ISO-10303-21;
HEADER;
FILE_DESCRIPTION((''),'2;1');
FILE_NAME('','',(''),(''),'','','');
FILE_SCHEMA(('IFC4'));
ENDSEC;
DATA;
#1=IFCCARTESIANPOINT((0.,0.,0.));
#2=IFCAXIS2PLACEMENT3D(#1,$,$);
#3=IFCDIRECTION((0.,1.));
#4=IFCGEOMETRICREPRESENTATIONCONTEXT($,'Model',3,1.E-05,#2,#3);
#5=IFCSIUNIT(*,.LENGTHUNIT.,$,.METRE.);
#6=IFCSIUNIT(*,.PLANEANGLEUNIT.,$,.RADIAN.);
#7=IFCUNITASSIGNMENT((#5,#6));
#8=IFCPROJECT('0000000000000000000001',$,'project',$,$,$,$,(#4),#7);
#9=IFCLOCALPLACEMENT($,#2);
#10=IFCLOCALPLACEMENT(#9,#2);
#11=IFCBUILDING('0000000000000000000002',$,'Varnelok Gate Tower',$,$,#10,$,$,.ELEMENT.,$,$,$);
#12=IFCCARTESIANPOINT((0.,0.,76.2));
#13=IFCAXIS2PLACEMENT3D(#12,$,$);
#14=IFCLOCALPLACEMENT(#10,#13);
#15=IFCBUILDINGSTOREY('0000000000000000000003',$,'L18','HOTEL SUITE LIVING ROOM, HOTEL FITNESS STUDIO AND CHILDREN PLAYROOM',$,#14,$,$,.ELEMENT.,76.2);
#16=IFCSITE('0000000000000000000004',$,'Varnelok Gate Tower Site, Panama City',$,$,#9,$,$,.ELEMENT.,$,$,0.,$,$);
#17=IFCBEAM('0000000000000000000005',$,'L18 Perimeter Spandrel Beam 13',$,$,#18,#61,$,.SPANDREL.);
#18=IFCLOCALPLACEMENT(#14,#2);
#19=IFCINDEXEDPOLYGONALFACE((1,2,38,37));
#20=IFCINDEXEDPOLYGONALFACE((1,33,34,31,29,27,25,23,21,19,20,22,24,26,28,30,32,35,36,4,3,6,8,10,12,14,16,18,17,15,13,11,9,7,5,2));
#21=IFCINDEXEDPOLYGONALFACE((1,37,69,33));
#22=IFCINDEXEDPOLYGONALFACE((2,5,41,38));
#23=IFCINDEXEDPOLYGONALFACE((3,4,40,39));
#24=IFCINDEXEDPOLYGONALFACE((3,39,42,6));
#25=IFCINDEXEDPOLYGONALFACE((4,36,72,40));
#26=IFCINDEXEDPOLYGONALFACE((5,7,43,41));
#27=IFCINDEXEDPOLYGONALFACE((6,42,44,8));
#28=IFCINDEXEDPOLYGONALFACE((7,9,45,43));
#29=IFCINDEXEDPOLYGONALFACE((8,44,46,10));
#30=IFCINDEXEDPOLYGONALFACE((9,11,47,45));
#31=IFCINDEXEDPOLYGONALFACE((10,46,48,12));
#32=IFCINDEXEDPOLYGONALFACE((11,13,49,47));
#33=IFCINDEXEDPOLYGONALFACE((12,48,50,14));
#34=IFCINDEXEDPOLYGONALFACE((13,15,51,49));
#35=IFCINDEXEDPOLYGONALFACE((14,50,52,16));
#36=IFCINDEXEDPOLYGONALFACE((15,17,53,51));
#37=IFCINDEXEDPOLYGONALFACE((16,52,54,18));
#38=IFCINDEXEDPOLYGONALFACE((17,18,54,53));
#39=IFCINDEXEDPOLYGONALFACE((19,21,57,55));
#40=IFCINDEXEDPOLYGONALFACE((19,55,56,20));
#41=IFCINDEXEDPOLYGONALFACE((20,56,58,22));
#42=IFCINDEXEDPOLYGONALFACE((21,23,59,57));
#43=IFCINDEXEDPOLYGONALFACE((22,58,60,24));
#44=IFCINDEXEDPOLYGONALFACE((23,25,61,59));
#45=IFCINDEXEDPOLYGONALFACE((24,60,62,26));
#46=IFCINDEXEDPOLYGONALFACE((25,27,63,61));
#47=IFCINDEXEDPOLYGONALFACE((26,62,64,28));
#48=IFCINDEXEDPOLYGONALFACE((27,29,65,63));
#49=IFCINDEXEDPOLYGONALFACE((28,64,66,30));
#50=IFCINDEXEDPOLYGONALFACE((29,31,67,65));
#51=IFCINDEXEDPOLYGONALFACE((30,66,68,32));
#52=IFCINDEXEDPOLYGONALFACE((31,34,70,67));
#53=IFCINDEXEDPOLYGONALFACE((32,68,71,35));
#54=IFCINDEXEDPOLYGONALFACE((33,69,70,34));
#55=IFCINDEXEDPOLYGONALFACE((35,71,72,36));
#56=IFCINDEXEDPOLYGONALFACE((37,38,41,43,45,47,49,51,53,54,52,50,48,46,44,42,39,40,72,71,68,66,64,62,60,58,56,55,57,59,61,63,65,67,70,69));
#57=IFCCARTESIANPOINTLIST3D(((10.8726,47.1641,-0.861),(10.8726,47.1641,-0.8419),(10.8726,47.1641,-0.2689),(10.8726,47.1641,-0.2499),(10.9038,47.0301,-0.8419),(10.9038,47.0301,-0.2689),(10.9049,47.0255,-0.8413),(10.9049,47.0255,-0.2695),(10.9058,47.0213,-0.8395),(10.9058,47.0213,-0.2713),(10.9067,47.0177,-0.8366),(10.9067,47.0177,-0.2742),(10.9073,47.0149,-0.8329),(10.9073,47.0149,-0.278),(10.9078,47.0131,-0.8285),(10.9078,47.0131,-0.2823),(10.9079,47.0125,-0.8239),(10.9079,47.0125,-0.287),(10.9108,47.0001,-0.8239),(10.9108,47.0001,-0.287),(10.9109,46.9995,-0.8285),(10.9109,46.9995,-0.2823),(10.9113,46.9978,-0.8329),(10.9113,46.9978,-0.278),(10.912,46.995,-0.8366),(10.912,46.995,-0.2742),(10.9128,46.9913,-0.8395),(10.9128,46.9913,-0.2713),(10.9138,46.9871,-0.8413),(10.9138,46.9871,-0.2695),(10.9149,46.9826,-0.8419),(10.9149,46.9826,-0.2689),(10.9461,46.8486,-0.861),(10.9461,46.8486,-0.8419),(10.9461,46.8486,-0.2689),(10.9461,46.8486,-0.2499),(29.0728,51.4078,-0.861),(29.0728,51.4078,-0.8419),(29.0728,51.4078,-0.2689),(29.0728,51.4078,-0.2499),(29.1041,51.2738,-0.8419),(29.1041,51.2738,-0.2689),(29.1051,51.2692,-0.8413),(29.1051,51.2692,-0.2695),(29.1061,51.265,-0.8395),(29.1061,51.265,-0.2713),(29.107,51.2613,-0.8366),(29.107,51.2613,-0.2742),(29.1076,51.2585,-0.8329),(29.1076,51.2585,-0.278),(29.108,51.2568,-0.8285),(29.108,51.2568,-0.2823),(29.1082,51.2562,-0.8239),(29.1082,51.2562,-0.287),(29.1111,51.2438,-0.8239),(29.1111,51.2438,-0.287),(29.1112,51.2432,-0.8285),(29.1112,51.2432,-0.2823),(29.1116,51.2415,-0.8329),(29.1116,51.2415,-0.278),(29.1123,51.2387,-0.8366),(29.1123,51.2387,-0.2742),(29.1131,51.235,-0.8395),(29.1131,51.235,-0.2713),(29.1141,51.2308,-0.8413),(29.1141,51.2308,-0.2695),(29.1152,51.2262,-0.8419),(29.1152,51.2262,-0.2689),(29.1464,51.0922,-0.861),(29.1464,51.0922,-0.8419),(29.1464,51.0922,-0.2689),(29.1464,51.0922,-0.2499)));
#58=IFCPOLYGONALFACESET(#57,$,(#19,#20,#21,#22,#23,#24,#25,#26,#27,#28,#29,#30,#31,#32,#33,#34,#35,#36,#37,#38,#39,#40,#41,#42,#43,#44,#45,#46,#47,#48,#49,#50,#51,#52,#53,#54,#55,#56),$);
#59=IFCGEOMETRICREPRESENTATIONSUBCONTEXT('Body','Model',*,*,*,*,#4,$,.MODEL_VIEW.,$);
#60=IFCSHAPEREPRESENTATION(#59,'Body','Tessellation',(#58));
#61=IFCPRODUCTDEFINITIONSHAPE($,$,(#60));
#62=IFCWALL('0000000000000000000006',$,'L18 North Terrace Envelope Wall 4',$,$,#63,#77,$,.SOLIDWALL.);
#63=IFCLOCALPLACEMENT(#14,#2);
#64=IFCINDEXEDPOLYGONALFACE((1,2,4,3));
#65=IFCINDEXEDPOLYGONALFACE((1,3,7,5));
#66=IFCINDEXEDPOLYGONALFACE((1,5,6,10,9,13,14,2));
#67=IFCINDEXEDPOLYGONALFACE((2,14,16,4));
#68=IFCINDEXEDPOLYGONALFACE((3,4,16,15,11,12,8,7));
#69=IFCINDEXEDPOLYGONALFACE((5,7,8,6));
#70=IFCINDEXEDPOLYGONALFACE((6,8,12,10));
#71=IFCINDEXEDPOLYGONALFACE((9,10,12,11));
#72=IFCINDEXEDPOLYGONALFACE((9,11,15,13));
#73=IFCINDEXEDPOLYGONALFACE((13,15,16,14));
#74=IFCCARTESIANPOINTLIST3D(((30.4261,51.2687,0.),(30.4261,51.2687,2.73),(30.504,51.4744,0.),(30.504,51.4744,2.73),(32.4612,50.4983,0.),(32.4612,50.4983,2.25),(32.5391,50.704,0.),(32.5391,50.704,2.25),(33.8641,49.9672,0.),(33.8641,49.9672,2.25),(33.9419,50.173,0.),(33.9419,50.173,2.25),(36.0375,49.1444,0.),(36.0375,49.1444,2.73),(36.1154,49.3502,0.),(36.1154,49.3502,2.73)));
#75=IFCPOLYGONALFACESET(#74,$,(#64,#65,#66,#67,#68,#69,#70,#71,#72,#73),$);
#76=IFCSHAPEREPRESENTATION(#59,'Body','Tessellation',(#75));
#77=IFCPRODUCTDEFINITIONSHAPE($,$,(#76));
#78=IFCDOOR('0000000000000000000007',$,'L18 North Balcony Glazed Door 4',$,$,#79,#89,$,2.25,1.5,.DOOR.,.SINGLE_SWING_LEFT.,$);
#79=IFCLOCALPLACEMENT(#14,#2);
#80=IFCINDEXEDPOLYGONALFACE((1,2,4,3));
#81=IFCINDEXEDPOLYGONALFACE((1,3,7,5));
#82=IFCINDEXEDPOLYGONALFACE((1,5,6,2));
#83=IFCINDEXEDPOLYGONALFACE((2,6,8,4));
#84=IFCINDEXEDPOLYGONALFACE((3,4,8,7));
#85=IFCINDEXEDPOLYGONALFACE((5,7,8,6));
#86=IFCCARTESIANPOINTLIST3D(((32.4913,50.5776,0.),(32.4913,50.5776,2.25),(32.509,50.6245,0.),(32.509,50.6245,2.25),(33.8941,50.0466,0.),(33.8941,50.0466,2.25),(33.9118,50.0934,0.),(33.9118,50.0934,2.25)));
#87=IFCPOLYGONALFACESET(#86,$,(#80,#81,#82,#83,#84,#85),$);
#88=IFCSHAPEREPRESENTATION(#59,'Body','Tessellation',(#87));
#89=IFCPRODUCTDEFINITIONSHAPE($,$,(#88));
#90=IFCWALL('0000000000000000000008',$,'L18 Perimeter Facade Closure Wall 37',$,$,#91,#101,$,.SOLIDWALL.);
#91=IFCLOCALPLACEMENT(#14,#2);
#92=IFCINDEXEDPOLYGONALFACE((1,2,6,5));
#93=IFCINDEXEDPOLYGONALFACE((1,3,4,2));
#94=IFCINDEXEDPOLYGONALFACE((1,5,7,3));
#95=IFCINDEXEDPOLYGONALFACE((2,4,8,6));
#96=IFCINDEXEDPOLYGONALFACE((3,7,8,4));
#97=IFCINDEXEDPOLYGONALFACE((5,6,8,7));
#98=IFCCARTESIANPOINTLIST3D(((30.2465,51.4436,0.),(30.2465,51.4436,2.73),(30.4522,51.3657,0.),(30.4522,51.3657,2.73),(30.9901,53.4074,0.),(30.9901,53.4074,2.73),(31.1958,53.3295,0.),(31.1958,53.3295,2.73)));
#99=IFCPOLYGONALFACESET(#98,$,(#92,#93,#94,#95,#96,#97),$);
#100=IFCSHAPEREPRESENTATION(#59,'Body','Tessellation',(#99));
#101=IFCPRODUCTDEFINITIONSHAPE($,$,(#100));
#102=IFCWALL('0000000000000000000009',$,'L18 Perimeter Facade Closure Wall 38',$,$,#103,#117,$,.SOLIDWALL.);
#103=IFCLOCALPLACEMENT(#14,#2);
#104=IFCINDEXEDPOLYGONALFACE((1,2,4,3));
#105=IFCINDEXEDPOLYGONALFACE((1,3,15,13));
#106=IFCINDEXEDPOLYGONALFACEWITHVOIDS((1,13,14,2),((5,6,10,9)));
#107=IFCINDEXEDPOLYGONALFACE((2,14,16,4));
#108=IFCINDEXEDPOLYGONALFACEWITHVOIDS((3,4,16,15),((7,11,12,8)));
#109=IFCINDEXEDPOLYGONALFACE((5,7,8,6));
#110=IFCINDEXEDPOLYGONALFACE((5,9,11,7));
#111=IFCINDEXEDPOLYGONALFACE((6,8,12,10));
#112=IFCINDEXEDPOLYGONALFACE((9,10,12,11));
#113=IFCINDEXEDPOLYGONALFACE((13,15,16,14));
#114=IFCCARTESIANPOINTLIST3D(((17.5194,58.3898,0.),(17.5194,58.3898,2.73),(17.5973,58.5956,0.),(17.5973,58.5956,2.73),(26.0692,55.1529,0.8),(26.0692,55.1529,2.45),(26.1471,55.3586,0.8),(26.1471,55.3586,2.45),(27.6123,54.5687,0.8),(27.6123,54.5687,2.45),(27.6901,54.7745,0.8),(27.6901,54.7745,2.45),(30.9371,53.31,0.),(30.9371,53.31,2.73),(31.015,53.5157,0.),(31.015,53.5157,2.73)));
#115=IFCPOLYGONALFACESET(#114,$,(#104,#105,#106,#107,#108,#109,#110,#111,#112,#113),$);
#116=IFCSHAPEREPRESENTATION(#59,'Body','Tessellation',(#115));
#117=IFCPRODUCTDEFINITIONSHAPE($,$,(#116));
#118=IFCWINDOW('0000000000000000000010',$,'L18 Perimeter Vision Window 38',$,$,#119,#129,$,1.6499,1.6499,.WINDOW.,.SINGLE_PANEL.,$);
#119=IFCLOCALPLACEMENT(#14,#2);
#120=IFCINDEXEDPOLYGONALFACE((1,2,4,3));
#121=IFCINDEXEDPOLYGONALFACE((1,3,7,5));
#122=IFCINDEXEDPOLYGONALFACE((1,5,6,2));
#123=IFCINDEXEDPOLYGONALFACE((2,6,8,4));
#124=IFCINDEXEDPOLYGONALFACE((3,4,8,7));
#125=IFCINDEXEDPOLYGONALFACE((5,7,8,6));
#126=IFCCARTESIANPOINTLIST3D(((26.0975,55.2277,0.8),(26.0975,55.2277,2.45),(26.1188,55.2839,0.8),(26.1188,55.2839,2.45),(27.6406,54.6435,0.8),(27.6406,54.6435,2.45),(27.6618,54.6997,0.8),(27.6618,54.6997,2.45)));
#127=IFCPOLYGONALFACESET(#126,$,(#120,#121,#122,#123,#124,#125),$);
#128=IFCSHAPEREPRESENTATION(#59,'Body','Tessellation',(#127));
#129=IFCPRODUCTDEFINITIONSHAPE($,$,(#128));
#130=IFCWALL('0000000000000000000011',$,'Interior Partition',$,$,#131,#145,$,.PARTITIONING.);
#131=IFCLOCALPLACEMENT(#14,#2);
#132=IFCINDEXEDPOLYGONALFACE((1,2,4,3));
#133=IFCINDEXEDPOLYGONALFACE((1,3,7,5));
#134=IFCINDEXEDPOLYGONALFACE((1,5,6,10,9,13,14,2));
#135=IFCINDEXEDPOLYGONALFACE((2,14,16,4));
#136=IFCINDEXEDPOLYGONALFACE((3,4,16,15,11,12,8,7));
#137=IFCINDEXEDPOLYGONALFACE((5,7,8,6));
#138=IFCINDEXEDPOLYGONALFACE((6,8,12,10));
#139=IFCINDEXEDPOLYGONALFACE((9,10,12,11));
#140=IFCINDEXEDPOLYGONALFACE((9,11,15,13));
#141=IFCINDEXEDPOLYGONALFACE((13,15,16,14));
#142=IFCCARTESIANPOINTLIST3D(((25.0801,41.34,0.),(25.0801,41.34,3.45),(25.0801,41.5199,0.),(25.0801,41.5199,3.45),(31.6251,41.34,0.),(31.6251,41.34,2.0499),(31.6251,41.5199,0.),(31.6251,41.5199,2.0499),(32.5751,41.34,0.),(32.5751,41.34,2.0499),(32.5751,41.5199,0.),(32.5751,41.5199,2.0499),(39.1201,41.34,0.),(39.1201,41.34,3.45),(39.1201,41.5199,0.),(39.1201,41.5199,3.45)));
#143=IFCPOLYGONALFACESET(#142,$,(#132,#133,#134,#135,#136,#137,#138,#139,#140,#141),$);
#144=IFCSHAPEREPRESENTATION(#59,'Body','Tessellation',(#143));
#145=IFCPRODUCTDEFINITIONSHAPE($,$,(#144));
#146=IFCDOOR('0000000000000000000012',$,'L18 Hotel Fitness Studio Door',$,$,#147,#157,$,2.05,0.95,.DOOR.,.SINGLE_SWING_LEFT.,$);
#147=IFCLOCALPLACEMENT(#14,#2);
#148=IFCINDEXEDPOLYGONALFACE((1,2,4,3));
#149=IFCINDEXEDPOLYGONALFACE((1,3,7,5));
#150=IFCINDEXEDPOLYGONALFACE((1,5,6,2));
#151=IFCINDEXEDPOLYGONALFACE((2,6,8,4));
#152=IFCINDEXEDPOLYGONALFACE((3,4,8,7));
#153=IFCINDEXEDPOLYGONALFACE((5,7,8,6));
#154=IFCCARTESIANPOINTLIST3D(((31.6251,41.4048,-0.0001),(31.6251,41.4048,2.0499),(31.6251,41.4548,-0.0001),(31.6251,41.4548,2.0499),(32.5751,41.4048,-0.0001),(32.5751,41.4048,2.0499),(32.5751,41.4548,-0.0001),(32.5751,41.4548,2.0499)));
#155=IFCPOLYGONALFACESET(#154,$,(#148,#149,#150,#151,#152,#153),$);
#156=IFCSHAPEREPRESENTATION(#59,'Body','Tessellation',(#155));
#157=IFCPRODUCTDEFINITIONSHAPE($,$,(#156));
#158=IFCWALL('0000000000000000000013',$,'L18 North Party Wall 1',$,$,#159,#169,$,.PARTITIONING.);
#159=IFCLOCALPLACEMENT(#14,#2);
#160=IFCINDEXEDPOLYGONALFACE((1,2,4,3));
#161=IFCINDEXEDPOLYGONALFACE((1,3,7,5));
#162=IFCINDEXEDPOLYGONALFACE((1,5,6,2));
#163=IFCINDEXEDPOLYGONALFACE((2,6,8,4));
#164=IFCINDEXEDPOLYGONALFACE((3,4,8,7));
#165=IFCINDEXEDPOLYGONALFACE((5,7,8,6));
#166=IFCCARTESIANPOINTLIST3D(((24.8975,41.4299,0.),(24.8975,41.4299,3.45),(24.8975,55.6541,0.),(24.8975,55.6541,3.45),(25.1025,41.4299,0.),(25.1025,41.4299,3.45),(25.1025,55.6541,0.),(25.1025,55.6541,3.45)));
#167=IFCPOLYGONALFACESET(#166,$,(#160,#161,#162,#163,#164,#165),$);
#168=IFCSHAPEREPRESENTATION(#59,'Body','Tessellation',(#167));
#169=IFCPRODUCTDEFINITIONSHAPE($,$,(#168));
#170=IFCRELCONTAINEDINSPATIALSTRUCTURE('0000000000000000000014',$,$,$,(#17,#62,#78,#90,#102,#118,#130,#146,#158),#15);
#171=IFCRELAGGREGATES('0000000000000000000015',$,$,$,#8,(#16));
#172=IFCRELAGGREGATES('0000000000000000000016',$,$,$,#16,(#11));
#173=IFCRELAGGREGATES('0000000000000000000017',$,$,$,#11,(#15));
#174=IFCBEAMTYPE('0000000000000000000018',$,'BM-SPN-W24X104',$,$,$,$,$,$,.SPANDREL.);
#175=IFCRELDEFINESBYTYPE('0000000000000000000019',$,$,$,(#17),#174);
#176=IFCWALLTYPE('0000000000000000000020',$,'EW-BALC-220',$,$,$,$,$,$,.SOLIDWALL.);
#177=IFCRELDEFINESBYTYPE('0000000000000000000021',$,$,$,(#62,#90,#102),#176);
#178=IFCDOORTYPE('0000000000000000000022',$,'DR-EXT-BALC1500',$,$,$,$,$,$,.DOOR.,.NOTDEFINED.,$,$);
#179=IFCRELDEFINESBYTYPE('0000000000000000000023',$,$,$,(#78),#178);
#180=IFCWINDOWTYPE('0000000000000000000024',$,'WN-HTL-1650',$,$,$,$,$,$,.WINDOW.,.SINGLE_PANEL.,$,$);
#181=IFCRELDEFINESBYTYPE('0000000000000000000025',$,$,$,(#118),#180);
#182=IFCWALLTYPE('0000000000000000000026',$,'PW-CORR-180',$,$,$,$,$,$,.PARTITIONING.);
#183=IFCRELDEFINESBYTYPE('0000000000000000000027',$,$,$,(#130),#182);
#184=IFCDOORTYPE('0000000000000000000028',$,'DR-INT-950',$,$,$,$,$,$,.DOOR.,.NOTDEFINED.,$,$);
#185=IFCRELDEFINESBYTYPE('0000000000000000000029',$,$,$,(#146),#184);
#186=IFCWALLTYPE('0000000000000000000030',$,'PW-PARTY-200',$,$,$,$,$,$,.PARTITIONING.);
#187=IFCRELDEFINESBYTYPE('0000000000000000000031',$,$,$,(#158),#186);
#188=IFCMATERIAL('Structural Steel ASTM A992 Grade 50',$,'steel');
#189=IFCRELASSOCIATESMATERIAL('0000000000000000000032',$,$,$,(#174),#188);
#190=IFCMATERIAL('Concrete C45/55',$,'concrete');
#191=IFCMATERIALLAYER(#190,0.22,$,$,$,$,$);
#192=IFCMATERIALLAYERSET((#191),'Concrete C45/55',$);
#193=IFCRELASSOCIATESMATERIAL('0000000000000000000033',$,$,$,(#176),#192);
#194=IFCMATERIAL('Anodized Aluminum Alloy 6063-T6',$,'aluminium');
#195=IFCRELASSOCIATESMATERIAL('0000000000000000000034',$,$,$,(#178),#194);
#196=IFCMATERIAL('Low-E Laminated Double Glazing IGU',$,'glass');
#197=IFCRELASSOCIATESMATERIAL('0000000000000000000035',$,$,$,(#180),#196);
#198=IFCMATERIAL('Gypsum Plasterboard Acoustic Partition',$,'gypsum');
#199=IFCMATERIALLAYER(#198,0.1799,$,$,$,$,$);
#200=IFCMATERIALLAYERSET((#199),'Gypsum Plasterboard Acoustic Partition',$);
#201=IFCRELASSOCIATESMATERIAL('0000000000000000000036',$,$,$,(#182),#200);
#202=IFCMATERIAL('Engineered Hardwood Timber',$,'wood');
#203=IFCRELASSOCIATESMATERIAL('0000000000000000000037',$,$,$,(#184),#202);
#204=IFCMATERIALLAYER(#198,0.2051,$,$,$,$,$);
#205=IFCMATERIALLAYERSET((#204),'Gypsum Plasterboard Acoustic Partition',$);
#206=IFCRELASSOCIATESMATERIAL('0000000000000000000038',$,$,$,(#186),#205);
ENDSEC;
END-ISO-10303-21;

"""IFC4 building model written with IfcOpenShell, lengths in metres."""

from ifc_helpers import new_model, si_unit, direction, frame, frame_2d, origin, origin_2d, place, context, subcontext, project, spatial, rectangle, i_section, extrude, material, layer, layer_set, material_profile, profile_set, type_object, element, fill, save


model = new_model("IFC4")

# Units and contexts
model_context = context("Model", 3, precision=1e-05, world=origin(), true_north=direction((0.0, 1.0)))
body_context = subcontext(model_context, "Body", "Model", "MODEL_VIEW")
ifc_project = project(units=[si_unit("LENGTHUNIT", "METRE"), si_unit("PLANEANGLEUNIT", "RADIAN")], contexts=[model_context])

# Site, building, storey
site_placement = place(None, origin())
site = spatial("IfcSite", under=ifc_project, at=site_placement, Name="Varnelok Gate Tower Site, Panama City", CompositionType="ELEMENT", RefElevation=0.0)
building_placement = place(site_placement, origin())
building = spatial("IfcBuilding", under=site, at=building_placement, Name="Varnelok Gate Tower", CompositionType="ELEMENT")
storey_placement = place(building_placement, frame((0.0, 0.0, 76.2)))
storey = spatial("IfcBuildingStorey", under=building, at=storey_placement, Name="L18", Description="HOTEL SUITE LIVING ROOM, HOTEL FITNESS STUDIO AND CHILDREN PLAYROOM", CompositionType="ELEMENT", Elevation=76.2)

# Shared definitions
ifc_material_1 = material(Name="Structural Steel ASTM A992 Grade 50", Category="steel")

# Beam
ifc_material_profile_1 = material_profile(ifc_material_1, i_section(OverallWidth=0.324, OverallDepth=0.6111, WebThickness=0.0127, FlangeThickness=0.019, FilletRadius=0.0181, at=origin_2d()), Name="W24X104")
ifc_profile_set_1 = profile_set([ifc_material_profile_1], Name="Structural Steel ASTM A992 Grade 50")
beam_type_1 = type_object("IfcBeamType", Name="BM-SPN-W24X104", PredefinedType="SPANDREL", material=ifc_profile_set_1)
beam_1_placement = place(storey_placement, frame((29.1096, 51.25, -0.5554), z_axis=(-0.973877, -0.227074, 0.0), x_axis=(0.227074, -0.973877, 0.0)))
element("IfcBeam", 1, at=beam_1_placement, inside=storey, type_object=beam_type_1, Name="L18 Perimeter Spandrel Beam 13", PredefinedType="SPANDREL", context=body_context, shape_type="SweptSolid", body=[
    extrude(i_section(OverallWidth=0.324, OverallDepth=0.6111, WebThickness=0.0127, FlangeThickness=0.019, FilletRadius=0.0181, at=origin_2d()), origin(), (0.0, 0.0, 1.0), 18.6885),
])

# Wall, opening, door
ifc_material_2 = material(Name="Concrete C45/55", Category="concrete")
ifc_layer_1 = layer(ifc_material_2, 0.22)
ifc_layer_set_1 = layer_set([ifc_layer_1], Name="Concrete C45/55")
wall_type_1 = type_object("IfcWallType", Name="EW-BALC-220", PredefinedType="SOLIDWALL", material=ifc_layer_set_1)
wall_1_placement = place(storey_placement, frame((30.4651, 51.3716, 0.0), z_axis=(0.0, 0.0, 1.0), x_axis=(0.935228, -0.354047, 0.0)))
wall_1 = element("IfcWall", 2, at=wall_1_placement, inside=storey, type_object=wall_type_1, Name="L18 North Terrace Envelope Wall 4", PredefinedType="SOLIDWALL", context=body_context, shape_type="SweptSolid", body=[
    extrude(rectangle(XDim=6.0, YDim=0.22, at=frame_2d((3.0, 0.0))), origin(), (0.0, 0.0, 1.0), 2.73),
])
opening_1_placement = place(wall_1_placement, frame((2.176, 0.0, 0.0)))
opening_1 = element("IfcOpeningElement", 3, at=opening_1_placement, cuts=wall_1, PredefinedType="OPENING", context=body_context, shape_type="SweptSolid", body=[
    extrude(rectangle(XDim=1.5, YDim=2.25, at=frame_2d((0.75, 1.125))), frame((0.0, 0.1199, 0.0), z_axis=(0.0, -1.0, 0.0), x_axis=(1.0, 0.0, 0.0)), (0.0, 0.0, 1.0), 0.24),
])
ifc_material_3 = material(Name="Anodized Aluminum Alloy 6063-T6", Category="aluminium")
door_type_1 = type_object("IfcDoorType", Name="DR-EXT-BALC1500", OperationType="NOTDEFINED", PredefinedType="DOOR", material=ifc_material_3)
door_1_placement = place(opening_1_placement, origin())
door_1 = element("IfcDoor", 4, at=door_1_placement, inside=storey, type_object=door_type_1, Name="L18 North Balcony Glazed Door 4", OperationType="SINGLE_SWING_LEFT", OverallHeight=2.25, OverallWidth=1.5, PredefinedType="DOOR", context=body_context, shape_type="SweptSolid", body=[
    extrude(rectangle(XDim=1.5, YDim=2.25, at=frame_2d((0.75, 1.125))), frame((0.0, 0.0249, 0.0), z_axis=(0.0, -1.0, 0.0), x_axis=(1.0, 0.0, 0.0)), (0.0, 0.0, 1.0), 0.05),
])
fill(opening_1, door_1)

# Wall
wall_2_placement = place(storey_placement, frame((30.3494, 51.4048, 0.0), z_axis=(0.0, 0.0, 1.0), x_axis=(0.354128, 0.935197, 0.0)))
element("IfcWall", 5, at=wall_2_placement, inside=storey, type_object=wall_type_1, Name="L18 Perimeter Facade Closure Wall 37", PredefinedType="SOLIDWALL", context=body_context, shape_type="SweptSolid", body=[
    extrude(rectangle(XDim=2.0999, YDim=0.22, at=frame_2d((1.0498, 0.0))), origin(), (0.0, 0.0, 1.0), 2.73),
])

# Wall, opening, window
wall_3_placement = place(storey_placement, frame((30.9761, 53.4128, 0.0), z_axis=(0.0, 0.0, 1.0), x_axis=(-0.93522, 0.354066, 0.0)))
wall_3 = element("IfcWall", 6, at=wall_3_placement, inside=storey, type_object=wall_type_1, Name="L18 Perimeter Facade Closure Wall 38", PredefinedType="SOLIDWALL", context=body_context, shape_type="SweptSolid", body=[
    extrude(rectangle(XDim=14.3472, YDim=0.22, at=frame_2d((7.1736, 0.0))), origin(), (0.0, 0.0, 1.0), 2.73),
])
opening_2_placement = place(wall_3_placement, frame((3.5552, 0.0, 0.8)))
opening_2 = element("IfcOpeningElement", 7, at=opening_2_placement, cuts=wall_3, PredefinedType="OPENING", context=body_context, shape_type="SweptSolid", body=[
    extrude(rectangle(XDim=1.6499, YDim=1.6499, at=frame_2d((0.825, 0.825))), frame((0.0, 0.1199, 0.0), z_axis=(0.0, -1.0, 0.0), x_axis=(1.0, 0.0, 0.0)), (0.0, 0.0, 1.0), 0.24),
])
ifc_material_4 = material(Name="Low-E Laminated Double Glazing IGU", Category="glass")
window_type = type_object("IfcWindowType", Name="WN-HTL-1650", PartitioningType="SINGLE_PANEL", PredefinedType="WINDOW", material=ifc_material_4)
window_placement = place(opening_2_placement, origin())
window = element("IfcWindow", 8, at=window_placement, inside=storey, type_object=window_type, Name="L18 Perimeter Vision Window 38", OverallHeight=1.6499, OverallWidth=1.6499, PartitioningType="SINGLE_PANEL", PredefinedType="WINDOW", context=body_context, shape_type="SweptSolid", body=[
    extrude(rectangle(XDim=1.6499, YDim=1.6499, at=frame_2d((0.825, 0.825))), frame((0.0, 0.03, 0.0), z_axis=(0.0, -1.0, 0.0), x_axis=(1.0, 0.0, 0.0)), (0.0, 0.0, 1.0), 0.0601),
])
fill(opening_2, window)

# Wall, opening, door
ifc_material_5 = material(Name="Gypsum Plasterboard Acoustic Partition", Category="gypsum")
ifc_layer_2 = layer(ifc_material_5, 0.1799)
ifc_layer_set_2 = layer_set([ifc_layer_2], Name="Gypsum Plasterboard Acoustic Partition")
wall_type_2 = type_object("IfcWallType", Name="PW-CORR-180", PredefinedType="PARTITIONING", material=ifc_layer_set_2)
wall_4_placement = place(storey_placement, frame((25.0801, 41.4299, 0.0), z_axis=(0.0, 0.0, 1.0), x_axis=(1.0, 0.0, 0.0)))
wall_4 = element("IfcWall", 9, at=wall_4_placement, inside=storey, type_object=wall_type_2, Name="Interior Partition", PredefinedType="PARTITIONING", context=body_context, shape_type="SweptSolid", body=[
    extrude(rectangle(XDim=14.04, YDim=0.1799, at=frame_2d((7.02, 0.0))), origin(), (0.0, 0.0, 1.0), 3.45),
])
opening_3_placement = place(wall_4_placement, frame((6.5449, 0.0, 0.0)))
opening_3 = element("IfcOpeningElement", 10, at=opening_3_placement, cuts=wall_4, PredefinedType="OPENING", context=body_context, shape_type="SweptSolid", body=[
    extrude(rectangle(XDim=0.95, YDim=2.05, at=frame_2d((0.4751, 1.0249))), frame((0.0, 0.0999, 0.0), z_axis=(0.0, -1.0, 0.0), x_axis=(1.0, 0.0, 0.0)), (0.0, 0.0, 1.0), 0.2),
])
ifc_material_6 = material(Name="Engineered Hardwood Timber", Category="wood")
door_type_2 = type_object("IfcDoorType", Name="DR-INT-950", OperationType="NOTDEFINED", PredefinedType="DOOR", material=ifc_material_6)
door_2_placement = place(opening_3_placement, origin())
door_2 = element("IfcDoor", 11, at=door_2_placement, inside=storey, type_object=door_type_2, Name="L18 Hotel Fitness Studio Door", OperationType="SINGLE_SWING_LEFT", OverallHeight=2.05, OverallWidth=0.95, PredefinedType="DOOR", context=body_context, shape_type="SweptSolid", body=[
    extrude(rectangle(XDim=0.95, YDim=2.05, at=frame_2d((0.4751, 1.0249))), frame((0.0, 0.0249, 0.0), z_axis=(0.0, -1.0, 0.0), x_axis=(1.0, 0.0, 0.0)), (0.0, 0.0, 1.0), 0.05),
])
fill(opening_3, door_2)

# Wall
ifc_layer_3 = layer(ifc_material_5, 0.2051)
ifc_layer_set_3 = layer_set([ifc_layer_3], Name="Gypsum Plasterboard Acoustic Partition")
wall_type_3 = type_object("IfcWallType", Name="PW-PARTY-200", PredefinedType="PARTITIONING", material=ifc_layer_set_3)
wall_5_placement = place(storey_placement, frame((25.0, 41.4299, 0.0), z_axis=(0.0, 0.0, 1.0), x_axis=(0.0, 1.0, 0.0)))
element("IfcWall", 12, at=wall_5_placement, inside=storey, type_object=wall_type_3, Name="L18 North Party Wall 1", PredefinedType="PARTITIONING", context=body_context, shape_type="SweptSolid", body=[
    extrude(rectangle(XDim=14.2241, YDim=0.2051, at=frame_2d((7.1121, 0.0))), origin(), (0.0, 0.0, 1.0), 3.45),
])

save(model, "model.ifc")
